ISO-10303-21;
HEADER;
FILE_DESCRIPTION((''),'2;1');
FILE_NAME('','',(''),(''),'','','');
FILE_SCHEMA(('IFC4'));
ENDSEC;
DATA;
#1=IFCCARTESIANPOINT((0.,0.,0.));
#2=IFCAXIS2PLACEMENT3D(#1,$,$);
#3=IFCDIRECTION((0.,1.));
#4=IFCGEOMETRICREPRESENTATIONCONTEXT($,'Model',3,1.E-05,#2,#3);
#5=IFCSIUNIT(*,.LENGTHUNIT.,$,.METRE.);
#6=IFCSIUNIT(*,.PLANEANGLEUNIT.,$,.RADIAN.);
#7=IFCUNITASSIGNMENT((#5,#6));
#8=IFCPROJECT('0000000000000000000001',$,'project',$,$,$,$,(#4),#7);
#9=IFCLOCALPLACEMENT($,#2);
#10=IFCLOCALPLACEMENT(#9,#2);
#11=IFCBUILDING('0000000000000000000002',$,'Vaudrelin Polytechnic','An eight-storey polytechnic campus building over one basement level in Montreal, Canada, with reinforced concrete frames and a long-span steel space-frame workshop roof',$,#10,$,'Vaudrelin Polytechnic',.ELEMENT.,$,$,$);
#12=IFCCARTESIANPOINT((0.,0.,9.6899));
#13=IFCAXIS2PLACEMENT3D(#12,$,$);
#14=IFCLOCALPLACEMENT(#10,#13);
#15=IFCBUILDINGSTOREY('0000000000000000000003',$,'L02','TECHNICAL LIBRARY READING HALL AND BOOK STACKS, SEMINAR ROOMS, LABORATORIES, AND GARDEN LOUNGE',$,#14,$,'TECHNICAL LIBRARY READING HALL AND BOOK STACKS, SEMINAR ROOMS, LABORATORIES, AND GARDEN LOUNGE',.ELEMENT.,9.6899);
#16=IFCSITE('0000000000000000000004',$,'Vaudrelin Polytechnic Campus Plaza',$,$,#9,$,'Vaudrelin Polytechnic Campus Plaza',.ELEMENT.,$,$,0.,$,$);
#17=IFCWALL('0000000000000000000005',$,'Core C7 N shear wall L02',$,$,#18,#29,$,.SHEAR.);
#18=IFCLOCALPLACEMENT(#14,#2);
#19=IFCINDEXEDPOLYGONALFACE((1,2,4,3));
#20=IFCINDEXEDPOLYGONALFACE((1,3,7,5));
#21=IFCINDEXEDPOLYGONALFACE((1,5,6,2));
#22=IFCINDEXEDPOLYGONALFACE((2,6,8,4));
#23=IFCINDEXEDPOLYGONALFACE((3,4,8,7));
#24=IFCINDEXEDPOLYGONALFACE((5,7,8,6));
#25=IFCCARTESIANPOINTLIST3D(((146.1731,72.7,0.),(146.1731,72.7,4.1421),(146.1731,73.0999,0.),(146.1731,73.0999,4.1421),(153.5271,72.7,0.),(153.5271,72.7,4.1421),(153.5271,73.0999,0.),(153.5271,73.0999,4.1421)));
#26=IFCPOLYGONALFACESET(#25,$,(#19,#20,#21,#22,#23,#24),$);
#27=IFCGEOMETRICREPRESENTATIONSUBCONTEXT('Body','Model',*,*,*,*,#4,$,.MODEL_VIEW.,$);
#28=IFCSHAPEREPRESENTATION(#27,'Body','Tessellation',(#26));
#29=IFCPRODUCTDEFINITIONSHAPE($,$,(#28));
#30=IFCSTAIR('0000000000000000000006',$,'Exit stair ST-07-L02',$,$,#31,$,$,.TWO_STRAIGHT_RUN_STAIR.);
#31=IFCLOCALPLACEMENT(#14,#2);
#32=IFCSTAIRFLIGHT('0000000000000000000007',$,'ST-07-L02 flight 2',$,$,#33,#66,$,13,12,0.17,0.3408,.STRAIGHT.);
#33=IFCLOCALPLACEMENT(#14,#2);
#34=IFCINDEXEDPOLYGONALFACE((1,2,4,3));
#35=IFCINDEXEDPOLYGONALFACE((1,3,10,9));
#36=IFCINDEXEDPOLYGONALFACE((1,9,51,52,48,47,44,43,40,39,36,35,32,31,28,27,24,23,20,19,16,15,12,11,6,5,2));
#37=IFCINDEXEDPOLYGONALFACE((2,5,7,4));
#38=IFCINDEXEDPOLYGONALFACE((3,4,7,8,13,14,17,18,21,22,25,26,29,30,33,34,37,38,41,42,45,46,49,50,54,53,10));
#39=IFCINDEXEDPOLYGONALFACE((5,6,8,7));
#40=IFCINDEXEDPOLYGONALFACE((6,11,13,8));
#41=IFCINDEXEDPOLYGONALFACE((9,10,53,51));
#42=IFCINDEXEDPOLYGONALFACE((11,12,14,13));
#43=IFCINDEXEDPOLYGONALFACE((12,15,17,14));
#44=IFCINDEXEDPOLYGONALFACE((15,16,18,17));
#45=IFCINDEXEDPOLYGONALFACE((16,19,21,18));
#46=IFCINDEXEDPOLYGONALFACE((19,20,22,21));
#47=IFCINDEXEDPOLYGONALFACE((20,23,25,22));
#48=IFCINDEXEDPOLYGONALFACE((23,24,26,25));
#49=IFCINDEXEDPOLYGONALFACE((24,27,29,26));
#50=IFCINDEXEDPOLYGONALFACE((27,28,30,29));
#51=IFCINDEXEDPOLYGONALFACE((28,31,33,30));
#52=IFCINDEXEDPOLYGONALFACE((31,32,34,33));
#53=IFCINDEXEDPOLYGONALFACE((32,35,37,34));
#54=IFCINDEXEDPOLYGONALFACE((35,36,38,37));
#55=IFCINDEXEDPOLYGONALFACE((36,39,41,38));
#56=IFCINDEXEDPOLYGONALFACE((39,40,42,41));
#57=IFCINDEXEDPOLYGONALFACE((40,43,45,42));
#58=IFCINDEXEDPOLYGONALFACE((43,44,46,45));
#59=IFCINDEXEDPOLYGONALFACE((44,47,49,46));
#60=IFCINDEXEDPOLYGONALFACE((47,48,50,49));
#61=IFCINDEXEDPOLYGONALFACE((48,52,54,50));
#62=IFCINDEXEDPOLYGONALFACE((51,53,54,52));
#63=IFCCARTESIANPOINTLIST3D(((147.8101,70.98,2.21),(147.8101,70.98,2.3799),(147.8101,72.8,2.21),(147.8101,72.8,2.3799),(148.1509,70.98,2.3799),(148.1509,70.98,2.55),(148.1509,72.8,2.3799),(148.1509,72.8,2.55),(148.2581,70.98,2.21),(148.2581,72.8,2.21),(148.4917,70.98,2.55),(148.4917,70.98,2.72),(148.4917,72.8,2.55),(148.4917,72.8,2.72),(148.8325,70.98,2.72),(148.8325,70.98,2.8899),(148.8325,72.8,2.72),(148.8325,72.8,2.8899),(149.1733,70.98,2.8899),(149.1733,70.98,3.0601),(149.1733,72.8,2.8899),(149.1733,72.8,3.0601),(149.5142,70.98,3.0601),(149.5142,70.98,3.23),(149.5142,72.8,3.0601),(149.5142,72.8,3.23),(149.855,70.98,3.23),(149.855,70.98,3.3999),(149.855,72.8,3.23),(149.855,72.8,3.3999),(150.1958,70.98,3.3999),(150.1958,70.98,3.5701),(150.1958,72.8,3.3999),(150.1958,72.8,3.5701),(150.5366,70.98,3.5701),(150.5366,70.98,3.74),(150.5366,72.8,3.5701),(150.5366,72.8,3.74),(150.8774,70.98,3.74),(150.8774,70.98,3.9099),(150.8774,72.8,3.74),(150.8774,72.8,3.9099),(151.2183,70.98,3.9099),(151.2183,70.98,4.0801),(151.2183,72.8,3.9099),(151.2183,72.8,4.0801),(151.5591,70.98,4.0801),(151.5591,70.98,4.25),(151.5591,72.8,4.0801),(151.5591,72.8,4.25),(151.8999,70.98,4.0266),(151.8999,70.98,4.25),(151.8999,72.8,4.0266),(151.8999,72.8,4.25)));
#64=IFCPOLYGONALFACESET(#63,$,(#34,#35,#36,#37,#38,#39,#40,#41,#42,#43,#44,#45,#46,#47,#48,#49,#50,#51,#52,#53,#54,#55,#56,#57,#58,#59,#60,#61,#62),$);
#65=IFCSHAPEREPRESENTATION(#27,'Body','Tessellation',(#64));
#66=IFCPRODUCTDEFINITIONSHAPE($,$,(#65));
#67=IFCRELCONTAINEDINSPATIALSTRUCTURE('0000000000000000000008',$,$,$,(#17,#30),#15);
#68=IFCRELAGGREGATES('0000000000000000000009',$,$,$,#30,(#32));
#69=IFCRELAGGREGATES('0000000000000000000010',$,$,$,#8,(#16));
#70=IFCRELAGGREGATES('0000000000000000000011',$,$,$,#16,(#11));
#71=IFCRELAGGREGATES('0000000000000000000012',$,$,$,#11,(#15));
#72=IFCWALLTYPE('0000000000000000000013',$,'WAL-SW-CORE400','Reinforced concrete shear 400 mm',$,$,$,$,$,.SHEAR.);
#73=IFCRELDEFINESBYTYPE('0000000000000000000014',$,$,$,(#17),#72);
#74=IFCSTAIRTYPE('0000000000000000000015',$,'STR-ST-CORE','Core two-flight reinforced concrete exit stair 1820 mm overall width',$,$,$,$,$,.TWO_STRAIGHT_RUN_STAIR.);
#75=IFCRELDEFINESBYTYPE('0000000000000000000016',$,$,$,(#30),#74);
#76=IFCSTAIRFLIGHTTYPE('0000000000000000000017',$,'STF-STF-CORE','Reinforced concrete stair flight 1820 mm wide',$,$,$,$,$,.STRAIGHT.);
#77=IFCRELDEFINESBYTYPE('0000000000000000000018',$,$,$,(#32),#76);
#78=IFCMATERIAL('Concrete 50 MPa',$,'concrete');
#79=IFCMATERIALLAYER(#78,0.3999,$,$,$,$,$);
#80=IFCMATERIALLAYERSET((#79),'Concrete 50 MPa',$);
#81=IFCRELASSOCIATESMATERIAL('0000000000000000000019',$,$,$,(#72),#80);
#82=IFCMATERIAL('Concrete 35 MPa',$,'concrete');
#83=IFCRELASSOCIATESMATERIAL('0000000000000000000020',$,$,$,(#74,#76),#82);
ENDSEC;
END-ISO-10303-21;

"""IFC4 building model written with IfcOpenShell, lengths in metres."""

from ifc_helpers import new_model, si_unit, direction, frame, frame_2d, origin, place, context, subcontext, project, spatial, polyline, rectangle, outline, extrude, material, layer, layer_set, type_object, element, aggregate, save


model = new_model("IFC4")

# Units and contexts
model_context = context("Model", 3, precision=1e-05, world=origin(), true_north=direction((0.0, 1.0)))
body_context = subcontext(model_context, "Body", "Model", "MODEL_VIEW")
ifc_project = project(units=[si_unit("LENGTHUNIT", "METRE"), si_unit("PLANEANGLEUNIT", "RADIAN")], contexts=[model_context])

# Site, building, storey
site_placement = place(None, origin())
site = spatial("IfcSite", under=ifc_project, at=site_placement, Name="Vaudrelin Polytechnic Campus Plaza", LongName="Vaudrelin Polytechnic Campus Plaza", CompositionType="ELEMENT", RefElevation=0.0)
building_placement = place(site_placement, origin())
building = spatial("IfcBuilding", under=site, at=building_placement, Name="Vaudrelin Polytechnic", Description="An eight-storey polytechnic campus building over one basement level in Montreal, Canada, with reinforced concrete frames and a long-span steel space-frame workshop roof", LongName="Vaudrelin Polytechnic", CompositionType="ELEMENT")
storey_placement = place(building_placement, frame((0.0, 0.0, 9.6899)))
storey = spatial("IfcBuildingStorey", under=building, at=storey_placement, Name="L02", Description="TECHNICAL LIBRARY READING HALL AND BOOK STACKS, SEMINAR ROOMS, LABORATORIES, AND GARDEN LOUNGE", LongName="TECHNICAL LIBRARY READING HALL AND BOOK STACKS, SEMINAR ROOMS, LABORATORIES, AND GARDEN LOUNGE", CompositionType="ELEMENT", Elevation=9.6899)

# Shared definitions
ifc_material_1 = material(Name="Concrete 50 MPa", Category="concrete")

# Wall
ifc_layer_1 = layer(ifc_material_1, 0.3999)
ifc_layer_set_1 = layer_set([ifc_layer_1], Name="Concrete 50 MPa")
wall_type_1 = type_object("IfcWallType", Name="WAL-SW-CORE400", Description="Reinforced concrete shear 400 mm", PredefinedType="SHEAR", material=ifc_layer_set_1)
wall_1_placement = place(storey_placement, frame((146.1731, 72.8999, 0.0), z_axis=(0.0, 0.0, 1.0), x_axis=(1.0, 0.0, 0.0)))
element("IfcWall", 1, at=wall_1_placement, inside=storey, type_object=wall_type_1, Name="Core C7 N shear wall L02", PredefinedType="SHEAR", context=body_context, shape_type="SweptSolid", body=[
    extrude(rectangle(XDim=7.354, YDim=0.3999, at=frame_2d((3.677, 0.0))), origin(), (0.0, 0.0, 1.0), 4.1421),
])

# Stair, stair flight
ifc_material_2 = material(Name="Concrete 35 MPa", Category="concrete")
stair_type = type_object("IfcStairType", Name="STR-ST-CORE", Description="Core two-flight reinforced concrete exit stair 1820 mm overall width", PredefinedType="TWO_STRAIGHT_RUN_STAIR", material=ifc_material_2)
stair_placement = place(storey_placement, origin())
stair = element("IfcStair", 2, at=stair_placement, inside=storey, type_object=stair_type, Name="Exit stair ST-07-L02", PredefinedType="TWO_STRAIGHT_RUN_STAIR")
stair_flight_type = type_object("IfcStairFlightType", Name="STF-STF-CORE", Description="Reinforced concrete stair flight 1820 mm wide", PredefinedType="STRAIGHT", material=ifc_material_2)
stair_flight_placement = place(storey_placement, frame((147.8101, 71.8899, 2.21), z_axis=(0.0, 0.0, 1.0), x_axis=(1.0, 0.0, 0.0)))
stair_flight = element("IfcStairFlight", 3, at=stair_flight_placement, type_object=stair_flight_type, Name="ST-07-L02 flight 2", NumberOfRisers=13, NumberOfTreads=12, PredefinedType="STRAIGHT", RiserHeight=0.17, TreadLength=0.3408, context=body_context, shape_type="SweptSolid", body=[
    extrude(outline(polyline([(0.0, 0.0), (0.0, 0.1699), (0.3408, 0.1699), (0.3408, 0.3401), (0.6816, 0.3401), (0.6816, 0.51), (1.0225, 0.51), (1.0225, 0.6799), (1.3633, 0.6799), (1.3633, 0.8501), (1.7041, 0.8501), (1.7041, 1.02), (2.0449, 1.02), (2.0449, 1.1899), (2.3857, 1.1899), (2.3857, 1.3601), (2.7266, 1.3601), (2.7266, 1.53), (3.0674, 1.53), (3.0674, 1.7), (3.4082, 1.7), (3.4082, 1.8701), (3.749, 1.8701), (3.749, 2.04), (4.0898, 2.04), (4.0898, 2.21), (4.0898, 1.8167), (0.448, 0.0), (0.0, 0.0)])), frame((0.0, 0.9102, 0.0), z_axis=(0.0, -1.0, 0.0), x_axis=(1.0, 0.0, 0.0)), (0.0, 0.0, 1.0), 1.8201),
])
aggregate(stair, [stair_flight])

save(model, "model.ifc")
